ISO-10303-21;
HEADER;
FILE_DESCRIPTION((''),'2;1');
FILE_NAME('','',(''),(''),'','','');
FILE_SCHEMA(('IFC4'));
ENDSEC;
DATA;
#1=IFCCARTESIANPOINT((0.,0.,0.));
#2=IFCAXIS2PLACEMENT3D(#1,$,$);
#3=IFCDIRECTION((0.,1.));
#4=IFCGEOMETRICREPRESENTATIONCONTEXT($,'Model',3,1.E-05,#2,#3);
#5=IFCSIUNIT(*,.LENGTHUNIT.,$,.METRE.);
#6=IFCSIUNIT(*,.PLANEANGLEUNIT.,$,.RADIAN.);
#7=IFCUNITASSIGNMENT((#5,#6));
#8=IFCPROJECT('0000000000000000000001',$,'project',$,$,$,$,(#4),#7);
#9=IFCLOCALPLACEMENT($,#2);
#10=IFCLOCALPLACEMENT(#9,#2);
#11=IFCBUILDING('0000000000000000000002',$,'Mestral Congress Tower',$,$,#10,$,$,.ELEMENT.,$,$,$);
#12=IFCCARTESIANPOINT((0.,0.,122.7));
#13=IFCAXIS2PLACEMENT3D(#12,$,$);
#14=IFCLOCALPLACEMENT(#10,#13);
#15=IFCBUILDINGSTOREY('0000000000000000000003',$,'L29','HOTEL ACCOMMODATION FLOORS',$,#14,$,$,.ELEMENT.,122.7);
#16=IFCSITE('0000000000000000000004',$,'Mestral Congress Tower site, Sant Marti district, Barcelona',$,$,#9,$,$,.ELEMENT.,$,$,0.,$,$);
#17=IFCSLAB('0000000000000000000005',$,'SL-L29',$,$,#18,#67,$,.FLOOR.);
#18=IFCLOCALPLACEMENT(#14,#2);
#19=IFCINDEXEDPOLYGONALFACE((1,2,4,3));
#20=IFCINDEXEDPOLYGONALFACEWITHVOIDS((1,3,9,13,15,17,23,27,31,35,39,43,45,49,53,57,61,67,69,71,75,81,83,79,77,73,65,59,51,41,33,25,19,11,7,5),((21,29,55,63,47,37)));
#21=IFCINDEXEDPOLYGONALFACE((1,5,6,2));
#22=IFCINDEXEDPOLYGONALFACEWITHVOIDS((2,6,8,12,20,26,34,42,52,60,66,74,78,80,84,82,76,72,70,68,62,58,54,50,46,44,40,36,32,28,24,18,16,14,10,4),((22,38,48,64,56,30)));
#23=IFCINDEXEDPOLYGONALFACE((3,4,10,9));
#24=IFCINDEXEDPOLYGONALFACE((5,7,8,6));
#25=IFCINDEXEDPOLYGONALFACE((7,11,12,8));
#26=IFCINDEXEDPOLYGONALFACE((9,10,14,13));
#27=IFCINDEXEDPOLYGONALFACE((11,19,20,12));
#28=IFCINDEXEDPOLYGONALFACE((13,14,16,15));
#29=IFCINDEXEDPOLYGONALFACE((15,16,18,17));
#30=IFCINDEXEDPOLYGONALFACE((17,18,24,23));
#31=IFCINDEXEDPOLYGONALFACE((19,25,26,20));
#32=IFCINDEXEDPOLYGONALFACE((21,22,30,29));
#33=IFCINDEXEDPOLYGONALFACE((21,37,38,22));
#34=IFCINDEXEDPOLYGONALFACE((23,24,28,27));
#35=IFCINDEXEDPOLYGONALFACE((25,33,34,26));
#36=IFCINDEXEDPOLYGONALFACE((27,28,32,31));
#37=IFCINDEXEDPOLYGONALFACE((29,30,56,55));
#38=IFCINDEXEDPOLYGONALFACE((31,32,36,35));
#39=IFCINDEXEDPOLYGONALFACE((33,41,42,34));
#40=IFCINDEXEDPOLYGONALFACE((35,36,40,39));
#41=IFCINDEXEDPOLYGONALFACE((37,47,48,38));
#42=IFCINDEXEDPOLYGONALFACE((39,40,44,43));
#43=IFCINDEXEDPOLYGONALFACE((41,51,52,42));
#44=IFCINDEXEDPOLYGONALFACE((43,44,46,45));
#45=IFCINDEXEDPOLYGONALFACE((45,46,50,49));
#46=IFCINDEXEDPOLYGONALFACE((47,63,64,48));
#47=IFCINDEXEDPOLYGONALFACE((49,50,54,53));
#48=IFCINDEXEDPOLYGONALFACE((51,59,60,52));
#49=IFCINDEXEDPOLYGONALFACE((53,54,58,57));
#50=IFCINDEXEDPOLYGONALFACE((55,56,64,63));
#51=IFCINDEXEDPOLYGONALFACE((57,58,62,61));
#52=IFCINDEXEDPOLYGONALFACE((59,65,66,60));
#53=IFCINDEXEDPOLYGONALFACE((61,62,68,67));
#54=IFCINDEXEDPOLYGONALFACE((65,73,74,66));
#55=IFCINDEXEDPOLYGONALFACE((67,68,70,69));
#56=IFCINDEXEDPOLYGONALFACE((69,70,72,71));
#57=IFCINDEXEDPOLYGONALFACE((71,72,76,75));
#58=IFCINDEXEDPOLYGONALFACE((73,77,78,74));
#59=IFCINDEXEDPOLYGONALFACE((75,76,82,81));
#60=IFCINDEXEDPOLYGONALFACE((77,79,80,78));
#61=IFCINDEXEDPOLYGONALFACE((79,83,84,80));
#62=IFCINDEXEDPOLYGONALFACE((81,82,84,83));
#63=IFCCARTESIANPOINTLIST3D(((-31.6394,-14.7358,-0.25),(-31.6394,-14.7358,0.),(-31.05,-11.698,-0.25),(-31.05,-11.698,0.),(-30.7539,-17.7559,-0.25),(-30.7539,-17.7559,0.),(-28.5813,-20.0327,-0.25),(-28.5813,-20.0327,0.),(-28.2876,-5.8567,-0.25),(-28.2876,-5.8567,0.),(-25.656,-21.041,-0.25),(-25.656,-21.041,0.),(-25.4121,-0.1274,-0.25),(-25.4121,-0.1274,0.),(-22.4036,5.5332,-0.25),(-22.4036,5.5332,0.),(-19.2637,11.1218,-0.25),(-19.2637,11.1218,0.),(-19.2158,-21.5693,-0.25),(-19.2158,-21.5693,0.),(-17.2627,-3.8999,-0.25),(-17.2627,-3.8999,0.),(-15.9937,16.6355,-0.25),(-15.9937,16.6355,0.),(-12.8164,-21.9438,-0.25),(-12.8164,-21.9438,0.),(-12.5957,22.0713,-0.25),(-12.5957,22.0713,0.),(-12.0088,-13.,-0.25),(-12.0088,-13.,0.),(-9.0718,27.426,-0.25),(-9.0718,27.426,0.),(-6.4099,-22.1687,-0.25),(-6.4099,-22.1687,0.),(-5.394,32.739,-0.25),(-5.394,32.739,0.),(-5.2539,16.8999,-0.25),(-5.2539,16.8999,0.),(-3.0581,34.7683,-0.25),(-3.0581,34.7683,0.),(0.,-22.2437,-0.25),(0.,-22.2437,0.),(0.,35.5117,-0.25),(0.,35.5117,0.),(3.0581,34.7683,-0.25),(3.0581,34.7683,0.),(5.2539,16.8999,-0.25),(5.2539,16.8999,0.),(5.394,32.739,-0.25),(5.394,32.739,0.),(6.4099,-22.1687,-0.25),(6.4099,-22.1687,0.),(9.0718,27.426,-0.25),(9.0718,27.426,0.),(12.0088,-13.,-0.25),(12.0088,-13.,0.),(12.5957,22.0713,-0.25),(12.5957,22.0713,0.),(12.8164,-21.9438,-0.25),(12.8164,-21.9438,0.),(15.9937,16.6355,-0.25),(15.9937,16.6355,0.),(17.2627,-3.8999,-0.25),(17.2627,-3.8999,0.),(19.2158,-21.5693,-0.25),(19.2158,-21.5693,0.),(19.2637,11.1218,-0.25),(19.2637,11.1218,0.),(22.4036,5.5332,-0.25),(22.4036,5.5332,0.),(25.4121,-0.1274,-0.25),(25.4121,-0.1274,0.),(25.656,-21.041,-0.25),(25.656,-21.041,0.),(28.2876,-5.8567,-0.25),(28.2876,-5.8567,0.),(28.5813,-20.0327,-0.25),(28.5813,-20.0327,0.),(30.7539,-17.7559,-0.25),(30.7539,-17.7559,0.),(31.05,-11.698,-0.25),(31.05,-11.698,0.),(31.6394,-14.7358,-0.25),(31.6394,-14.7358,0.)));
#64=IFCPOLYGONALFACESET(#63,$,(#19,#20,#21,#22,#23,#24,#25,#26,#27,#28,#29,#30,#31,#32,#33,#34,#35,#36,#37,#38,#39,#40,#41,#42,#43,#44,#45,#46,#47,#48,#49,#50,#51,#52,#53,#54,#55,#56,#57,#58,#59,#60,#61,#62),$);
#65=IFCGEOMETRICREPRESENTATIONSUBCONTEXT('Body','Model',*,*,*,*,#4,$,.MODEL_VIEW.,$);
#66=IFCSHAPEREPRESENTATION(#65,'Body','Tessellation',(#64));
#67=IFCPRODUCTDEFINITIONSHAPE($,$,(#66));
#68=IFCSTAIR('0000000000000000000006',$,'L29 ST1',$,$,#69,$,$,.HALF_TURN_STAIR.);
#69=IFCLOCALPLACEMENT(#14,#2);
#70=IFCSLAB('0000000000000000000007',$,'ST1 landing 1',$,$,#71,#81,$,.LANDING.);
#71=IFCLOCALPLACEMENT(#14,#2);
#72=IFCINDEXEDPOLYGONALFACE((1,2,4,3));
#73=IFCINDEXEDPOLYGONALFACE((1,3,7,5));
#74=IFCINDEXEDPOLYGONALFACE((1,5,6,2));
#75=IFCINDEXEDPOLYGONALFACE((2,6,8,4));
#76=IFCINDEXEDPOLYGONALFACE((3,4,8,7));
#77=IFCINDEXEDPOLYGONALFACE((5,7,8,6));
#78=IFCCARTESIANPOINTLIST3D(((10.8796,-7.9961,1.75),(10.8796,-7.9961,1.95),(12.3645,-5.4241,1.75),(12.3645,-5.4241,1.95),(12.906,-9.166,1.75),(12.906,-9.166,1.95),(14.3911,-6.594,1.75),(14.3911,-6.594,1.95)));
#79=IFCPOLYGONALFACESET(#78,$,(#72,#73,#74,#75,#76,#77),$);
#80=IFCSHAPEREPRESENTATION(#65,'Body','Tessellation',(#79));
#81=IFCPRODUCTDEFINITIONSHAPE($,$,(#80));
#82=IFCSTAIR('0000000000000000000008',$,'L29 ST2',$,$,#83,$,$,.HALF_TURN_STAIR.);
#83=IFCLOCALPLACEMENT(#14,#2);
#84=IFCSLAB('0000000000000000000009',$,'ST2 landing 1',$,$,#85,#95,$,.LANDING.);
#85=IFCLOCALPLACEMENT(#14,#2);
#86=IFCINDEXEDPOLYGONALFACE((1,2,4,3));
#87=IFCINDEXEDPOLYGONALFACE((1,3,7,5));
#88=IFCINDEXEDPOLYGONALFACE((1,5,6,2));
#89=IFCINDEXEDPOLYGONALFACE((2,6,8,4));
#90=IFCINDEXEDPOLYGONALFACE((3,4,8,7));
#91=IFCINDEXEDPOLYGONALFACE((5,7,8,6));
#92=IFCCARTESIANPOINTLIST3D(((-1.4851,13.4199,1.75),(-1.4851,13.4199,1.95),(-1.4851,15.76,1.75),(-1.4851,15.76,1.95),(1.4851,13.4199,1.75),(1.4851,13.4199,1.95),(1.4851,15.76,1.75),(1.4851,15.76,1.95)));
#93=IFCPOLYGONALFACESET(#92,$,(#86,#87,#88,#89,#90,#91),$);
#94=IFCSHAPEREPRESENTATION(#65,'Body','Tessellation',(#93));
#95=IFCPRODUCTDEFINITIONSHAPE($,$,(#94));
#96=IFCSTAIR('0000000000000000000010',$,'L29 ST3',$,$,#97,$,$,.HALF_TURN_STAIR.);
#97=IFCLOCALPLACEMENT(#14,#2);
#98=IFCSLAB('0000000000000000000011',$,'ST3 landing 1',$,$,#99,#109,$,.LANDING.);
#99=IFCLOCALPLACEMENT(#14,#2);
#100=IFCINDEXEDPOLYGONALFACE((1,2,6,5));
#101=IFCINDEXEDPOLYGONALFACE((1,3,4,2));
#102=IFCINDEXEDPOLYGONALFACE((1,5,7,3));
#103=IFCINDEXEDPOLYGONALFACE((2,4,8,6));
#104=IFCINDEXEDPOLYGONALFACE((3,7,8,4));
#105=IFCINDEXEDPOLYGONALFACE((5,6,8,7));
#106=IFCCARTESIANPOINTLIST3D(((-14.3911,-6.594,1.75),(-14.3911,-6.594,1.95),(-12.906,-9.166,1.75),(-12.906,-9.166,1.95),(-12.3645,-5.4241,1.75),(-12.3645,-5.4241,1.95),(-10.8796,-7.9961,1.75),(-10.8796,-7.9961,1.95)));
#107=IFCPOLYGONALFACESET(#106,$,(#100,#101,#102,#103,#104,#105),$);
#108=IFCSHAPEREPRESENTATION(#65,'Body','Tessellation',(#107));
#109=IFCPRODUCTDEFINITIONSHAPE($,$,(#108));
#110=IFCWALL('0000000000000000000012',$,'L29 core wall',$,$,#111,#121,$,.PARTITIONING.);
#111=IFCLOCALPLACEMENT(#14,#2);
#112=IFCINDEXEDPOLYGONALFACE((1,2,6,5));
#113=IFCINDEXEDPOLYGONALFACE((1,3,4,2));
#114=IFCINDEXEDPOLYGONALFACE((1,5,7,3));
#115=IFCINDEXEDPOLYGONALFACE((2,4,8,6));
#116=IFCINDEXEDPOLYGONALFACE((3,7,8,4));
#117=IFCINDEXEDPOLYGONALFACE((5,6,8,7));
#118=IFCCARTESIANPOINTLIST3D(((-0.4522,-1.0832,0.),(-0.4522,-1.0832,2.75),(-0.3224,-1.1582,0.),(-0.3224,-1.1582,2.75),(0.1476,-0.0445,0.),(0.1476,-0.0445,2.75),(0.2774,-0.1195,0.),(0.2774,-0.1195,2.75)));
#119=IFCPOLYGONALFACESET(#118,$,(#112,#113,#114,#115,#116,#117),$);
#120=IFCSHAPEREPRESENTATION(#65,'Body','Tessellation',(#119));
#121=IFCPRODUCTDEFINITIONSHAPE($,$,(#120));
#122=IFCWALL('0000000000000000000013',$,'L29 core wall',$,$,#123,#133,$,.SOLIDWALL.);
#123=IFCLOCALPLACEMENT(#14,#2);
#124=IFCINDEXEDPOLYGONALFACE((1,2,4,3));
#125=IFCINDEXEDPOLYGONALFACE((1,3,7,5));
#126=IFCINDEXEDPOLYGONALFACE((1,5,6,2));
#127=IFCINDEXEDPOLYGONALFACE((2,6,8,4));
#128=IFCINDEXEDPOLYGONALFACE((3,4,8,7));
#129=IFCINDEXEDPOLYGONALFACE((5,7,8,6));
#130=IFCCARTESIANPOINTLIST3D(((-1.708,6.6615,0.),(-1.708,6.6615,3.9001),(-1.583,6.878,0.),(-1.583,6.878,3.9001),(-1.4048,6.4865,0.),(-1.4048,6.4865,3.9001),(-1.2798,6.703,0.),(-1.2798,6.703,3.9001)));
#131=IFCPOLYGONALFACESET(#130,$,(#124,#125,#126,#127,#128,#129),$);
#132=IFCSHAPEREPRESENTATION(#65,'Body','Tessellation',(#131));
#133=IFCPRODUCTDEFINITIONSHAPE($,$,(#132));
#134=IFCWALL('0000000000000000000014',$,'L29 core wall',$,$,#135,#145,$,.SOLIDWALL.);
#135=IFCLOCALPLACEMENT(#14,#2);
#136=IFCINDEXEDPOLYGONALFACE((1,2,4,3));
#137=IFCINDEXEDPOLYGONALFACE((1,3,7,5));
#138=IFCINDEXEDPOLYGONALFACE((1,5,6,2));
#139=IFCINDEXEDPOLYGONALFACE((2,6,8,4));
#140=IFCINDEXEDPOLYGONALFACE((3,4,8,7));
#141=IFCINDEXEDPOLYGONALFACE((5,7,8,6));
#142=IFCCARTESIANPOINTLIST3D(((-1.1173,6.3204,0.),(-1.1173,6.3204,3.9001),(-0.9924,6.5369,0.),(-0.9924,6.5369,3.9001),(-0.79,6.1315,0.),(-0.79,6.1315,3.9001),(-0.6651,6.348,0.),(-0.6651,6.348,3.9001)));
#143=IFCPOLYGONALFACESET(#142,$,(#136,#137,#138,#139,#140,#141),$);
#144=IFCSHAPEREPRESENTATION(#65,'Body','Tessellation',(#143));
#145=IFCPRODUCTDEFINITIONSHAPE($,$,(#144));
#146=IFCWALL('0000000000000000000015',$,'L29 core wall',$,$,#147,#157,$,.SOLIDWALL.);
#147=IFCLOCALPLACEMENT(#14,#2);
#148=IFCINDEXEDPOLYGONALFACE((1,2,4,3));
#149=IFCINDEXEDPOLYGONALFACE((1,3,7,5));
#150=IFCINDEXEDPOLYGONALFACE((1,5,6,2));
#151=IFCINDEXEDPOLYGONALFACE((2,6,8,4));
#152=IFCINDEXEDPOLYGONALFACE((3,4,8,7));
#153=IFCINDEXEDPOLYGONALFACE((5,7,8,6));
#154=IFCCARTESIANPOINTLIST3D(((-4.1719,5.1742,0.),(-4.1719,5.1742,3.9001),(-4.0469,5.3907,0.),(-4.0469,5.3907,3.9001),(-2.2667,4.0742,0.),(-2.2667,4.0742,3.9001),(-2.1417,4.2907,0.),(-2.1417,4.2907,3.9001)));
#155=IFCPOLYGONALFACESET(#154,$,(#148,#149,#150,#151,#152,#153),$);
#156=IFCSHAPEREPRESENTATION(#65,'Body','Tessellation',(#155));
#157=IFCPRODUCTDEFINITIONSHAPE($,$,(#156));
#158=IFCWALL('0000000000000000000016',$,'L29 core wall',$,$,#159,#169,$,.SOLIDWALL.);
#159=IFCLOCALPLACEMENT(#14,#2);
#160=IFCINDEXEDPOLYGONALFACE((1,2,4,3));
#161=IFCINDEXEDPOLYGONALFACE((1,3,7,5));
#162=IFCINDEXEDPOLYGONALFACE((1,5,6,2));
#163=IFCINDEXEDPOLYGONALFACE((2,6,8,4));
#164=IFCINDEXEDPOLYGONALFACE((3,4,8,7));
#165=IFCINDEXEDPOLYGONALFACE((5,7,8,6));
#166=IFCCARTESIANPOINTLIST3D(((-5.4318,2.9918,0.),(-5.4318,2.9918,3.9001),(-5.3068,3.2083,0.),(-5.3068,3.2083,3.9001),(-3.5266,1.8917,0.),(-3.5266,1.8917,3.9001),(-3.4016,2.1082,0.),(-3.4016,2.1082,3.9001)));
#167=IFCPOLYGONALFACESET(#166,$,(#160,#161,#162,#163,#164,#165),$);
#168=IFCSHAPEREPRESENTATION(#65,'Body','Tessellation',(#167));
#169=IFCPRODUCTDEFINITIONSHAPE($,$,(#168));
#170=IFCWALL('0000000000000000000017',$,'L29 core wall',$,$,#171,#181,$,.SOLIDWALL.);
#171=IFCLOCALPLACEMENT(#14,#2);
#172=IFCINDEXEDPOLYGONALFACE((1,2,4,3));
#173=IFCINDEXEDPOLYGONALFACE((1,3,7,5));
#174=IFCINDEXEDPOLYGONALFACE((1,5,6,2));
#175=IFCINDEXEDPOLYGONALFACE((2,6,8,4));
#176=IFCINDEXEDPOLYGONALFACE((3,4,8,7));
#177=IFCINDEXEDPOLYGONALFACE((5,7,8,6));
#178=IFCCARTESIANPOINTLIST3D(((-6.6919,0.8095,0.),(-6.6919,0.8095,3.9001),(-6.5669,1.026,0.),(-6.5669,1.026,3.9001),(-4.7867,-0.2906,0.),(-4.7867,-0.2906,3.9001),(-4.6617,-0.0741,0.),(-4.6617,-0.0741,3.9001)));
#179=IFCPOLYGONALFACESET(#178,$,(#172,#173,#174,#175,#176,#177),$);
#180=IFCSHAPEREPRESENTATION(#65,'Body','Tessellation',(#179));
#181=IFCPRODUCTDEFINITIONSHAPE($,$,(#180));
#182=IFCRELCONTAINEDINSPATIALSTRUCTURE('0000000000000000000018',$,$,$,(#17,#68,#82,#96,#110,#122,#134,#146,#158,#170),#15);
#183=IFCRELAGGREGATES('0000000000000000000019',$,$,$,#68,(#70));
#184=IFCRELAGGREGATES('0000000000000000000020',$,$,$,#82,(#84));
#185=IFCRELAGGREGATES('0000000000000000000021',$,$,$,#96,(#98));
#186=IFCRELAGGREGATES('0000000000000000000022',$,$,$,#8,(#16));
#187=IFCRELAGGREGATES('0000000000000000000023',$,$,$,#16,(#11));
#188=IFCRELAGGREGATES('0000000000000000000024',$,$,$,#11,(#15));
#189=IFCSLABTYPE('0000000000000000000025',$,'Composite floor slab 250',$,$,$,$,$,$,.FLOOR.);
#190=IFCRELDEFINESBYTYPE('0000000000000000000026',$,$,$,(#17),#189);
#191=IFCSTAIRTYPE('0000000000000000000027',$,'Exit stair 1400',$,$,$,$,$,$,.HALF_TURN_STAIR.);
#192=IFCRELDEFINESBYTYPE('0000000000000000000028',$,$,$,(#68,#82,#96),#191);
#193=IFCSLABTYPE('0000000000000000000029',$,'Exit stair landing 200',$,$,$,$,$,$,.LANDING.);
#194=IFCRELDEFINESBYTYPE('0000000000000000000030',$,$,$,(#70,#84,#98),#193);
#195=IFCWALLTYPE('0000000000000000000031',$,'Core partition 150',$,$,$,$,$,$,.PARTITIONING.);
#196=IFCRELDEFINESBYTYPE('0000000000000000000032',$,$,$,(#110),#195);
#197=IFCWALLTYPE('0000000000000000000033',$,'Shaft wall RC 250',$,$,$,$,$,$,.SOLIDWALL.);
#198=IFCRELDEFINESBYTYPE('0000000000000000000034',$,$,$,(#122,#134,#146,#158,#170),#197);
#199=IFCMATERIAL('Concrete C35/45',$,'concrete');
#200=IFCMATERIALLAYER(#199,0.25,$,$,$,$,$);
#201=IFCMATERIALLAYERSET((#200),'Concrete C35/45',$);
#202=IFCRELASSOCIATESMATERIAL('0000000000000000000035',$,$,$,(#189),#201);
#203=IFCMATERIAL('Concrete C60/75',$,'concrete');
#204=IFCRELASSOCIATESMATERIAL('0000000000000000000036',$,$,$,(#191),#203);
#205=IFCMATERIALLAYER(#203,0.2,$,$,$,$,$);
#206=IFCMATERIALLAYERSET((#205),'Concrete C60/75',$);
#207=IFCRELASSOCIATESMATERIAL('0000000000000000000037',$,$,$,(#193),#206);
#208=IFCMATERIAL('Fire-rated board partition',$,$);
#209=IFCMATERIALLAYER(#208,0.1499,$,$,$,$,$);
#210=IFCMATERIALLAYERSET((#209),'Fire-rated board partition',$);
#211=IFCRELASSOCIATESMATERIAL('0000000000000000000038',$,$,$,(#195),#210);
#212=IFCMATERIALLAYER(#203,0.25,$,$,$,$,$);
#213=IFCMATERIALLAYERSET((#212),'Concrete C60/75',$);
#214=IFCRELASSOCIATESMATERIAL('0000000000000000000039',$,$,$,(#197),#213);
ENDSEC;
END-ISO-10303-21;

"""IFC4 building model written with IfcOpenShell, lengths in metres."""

from ifc_helpers import new_model, si_unit, direction, frame, frame_2d, origin, place, context, subcontext, project, spatial, polyline, rectangle, outline, extrude, material, layer, layer_set, type_object, element, aggregate, save


model = new_model("IFC4")

# Units and contexts
model_context = context("Model", 3, precision=1e-05, world=origin(), true_north=direction((0.0, 1.0)))
body_context = subcontext(model_context, "Body", "Model", "MODEL_VIEW")
ifc_project = project(units=[si_unit("LENGTHUNIT", "METRE"), si_unit("PLANEANGLEUNIT", "RADIAN")], contexts=[model_context])

# Site, building, storey
site_placement = place(None, origin())
site = spatial("IfcSite", under=ifc_project, at=site_placement, Name="Mestral Congress Tower site, Sant Marti district, Barcelona", CompositionType="ELEMENT", RefElevation=0.0)
building_placement = place(site_placement, origin())
building = spatial("IfcBuilding", under=site, at=building_placement, Name="Mestral Congress Tower", CompositionType="ELEMENT")
storey_placement = place(building_placement, frame((0.0, 0.0, 122.7)))
storey = spatial("IfcBuildingStorey", under=building, at=storey_placement, Name="L29", Description="HOTEL ACCOMMODATION FLOORS", CompositionType="ELEMENT", Elevation=122.7)

# Slab
ifc_material_1 = material(Name="Concrete C35/45", Category="concrete")
ifc_layer_1 = layer(ifc_material_1, 0.25)
ifc_layer_set_1 = layer_set([ifc_layer_1], Name="Concrete C35/45")
slab_type_1 = type_object("IfcSlabType", Name="Composite floor slab 250", PredefinedType="FLOOR", material=ifc_layer_set_1)
slab_1_placement = place(storey_placement, frame((0.0, 0.0, -0.25)))
element("IfcSlab", 1, at=slab_1_placement, inside=storey, type_object=slab_type_1, Name="SL-L29", PredefinedType="FLOOR", context=body_context, shape_type="SweptSolid", body=[
    extrude(outline(polyline([(-25.656, -21.041), (-28.5813, -20.0327), (-30.7539, -17.7559), (-31.6394, -14.7358), (-31.05, -11.698), (-28.2876, -5.8567), (-25.4121, -0.1274), (-22.4036, 5.5332), (-19.2637, 11.1218), (-15.9937, 16.6355), (-12.5957, 22.0713), (-9.0718, 27.426), (-5.394, 32.739), (-3.0581, 34.7683), (0.0, 35.5117), (3.0581, 34.7683), (5.394, 32.739), (9.0718, 27.426), (12.5957, 22.0713), (15.9937, 16.6355), (19.2637, 11.1218), (22.4036, 5.5332), (25.4121, -0.1274), (28.2876, -5.8567), (31.05, -11.698), (31.6394, -14.7358), (30.7539, -17.7559), (28.5813, -20.0327), (25.656, -21.041), (19.2158, -21.5693), (12.8164, -21.9438), (6.4099, -22.1687), (0.0, -22.2437), (-6.4099, -22.1687), (-12.8164, -21.9438), (-19.2158, -21.5693), (-25.656, -21.041)]), holes=[polyline([(-5.2539, 16.8999), (-17.2627, -3.8999), (-12.0088, -13.0), (12.0088, -13.0), (17.2627, -3.8999), (5.2539, 16.8999), (-5.2539, 16.8999)])]), origin(), (0.0, 0.0, 1.0), 0.25),
])

# Stairs, slabs
ifc_material_2 = material(Name="Concrete C60/75", Category="concrete")
stair_type = type_object("IfcStairType", Name="Exit stair 1400", PredefinedType="HALF_TURN_STAIR", material=ifc_material_2)
placement_1 = place(storey_placement, origin())
stair_1 = element("IfcStair", 2, at=placement_1, inside=storey, type_object=stair_type, Name="L29 ST1", PredefinedType="HALF_TURN_STAIR")
ifc_layer_2 = layer(ifc_material_2, 0.2)
ifc_layer_set_2 = layer_set([ifc_layer_2], Name="Concrete C60/75")
slab_type_2 = type_object("IfcSlabType", Name="Exit stair landing 200", PredefinedType="LANDING", material=ifc_layer_set_2)
placement_2 = place(storey_placement, frame((0.0, 0.0, 1.75)))
slab_2 = element("IfcSlab", 3, at=placement_2, type_object=slab_type_2, Name="ST1 landing 1", PredefinedType="LANDING", context=body_context, shape_type="SweptSolid", body=[
    extrude(outline(polyline([(10.8796, -7.9961), (12.3645, -5.4241), (14.3911, -6.594), (12.906, -9.166), (10.8796, -7.9961)])), origin(), (0.0, 0.0, 1.0), 0.2),
])
aggregate(stair_1, [slab_2])
stair_2 = element("IfcStair", 4, at=placement_1, inside=storey, type_object=stair_type, Name="L29 ST2", PredefinedType="HALF_TURN_STAIR")
slab_3 = element("IfcSlab", 5, at=placement_2, type_object=slab_type_2, Name="ST2 landing 1", PredefinedType="LANDING", context=body_context, shape_type="SweptSolid", body=[
    extrude(outline(polyline([(1.4851, 13.4199), (-1.4851, 13.4199), (-1.4851, 15.76), (1.4851, 15.76), (1.4851, 13.4199)])), origin(), (0.0, 0.0, 1.0), 0.2),
])
aggregate(stair_2, [slab_3])
stair_3 = element("IfcStair", 6, at=placement_1, inside=storey, type_object=stair_type, Name="L29 ST3", PredefinedType="HALF_TURN_STAIR")
slab_4 = element("IfcSlab", 7, at=placement_2, type_object=slab_type_2, Name="ST3 landing 1", PredefinedType="LANDING", context=body_context, shape_type="SweptSolid", body=[
    extrude(outline(polyline([(-12.3645, -5.4241), (-10.8796, -7.9961), (-12.906, -9.166), (-14.3911, -6.594), (-12.3645, -5.4241)])), origin(), (0.0, 0.0, 1.0), 0.2),
])
aggregate(stair_3, [slab_4])

# Walls
ifc_material_3 = material(Name="Fire-rated board partition")
ifc_layer_3 = layer(ifc_material_3, 0.1499)
ifc_layer_set_3 = layer_set([ifc_layer_3], Name="Fire-rated board partition")
wall_type_1 = type_object("IfcWallType", Name="Core partition 150", PredefinedType="PARTITIONING", material=ifc_layer_set_3)
wall_1_placement = place(storey_placement, frame((-0.3872, -1.1206, 0.0), z_axis=(0.0, 0.0, 1.0), x_axis=(0.500057, 0.865992, 0.0)))
element("IfcWall", 8, at=wall_1_placement, inside=storey, type_object=wall_type_1, Name="L29 core wall", PredefinedType="PARTITIONING", context=body_context, shape_type="SweptSolid", body=[
    extrude(rectangle(XDim=1.1995, YDim=0.1499, at=frame_2d((0.5996, 0.0))), origin(), (0.0, 0.0, 1.0), 2.75),
])
ifc_layer_4 = layer(ifc_material_2, 0.25)
ifc_layer_set_4 = layer_set([ifc_layer_4], Name="Concrete C60/75")
wall_type_2 = type_object("IfcWallType", Name="Shaft wall RC 250", PredefinedType="SOLIDWALL", material=ifc_layer_set_4)
wall_2_placement = place(storey_placement, frame((-1.3423, 6.5947, 0.0), z_axis=(0.0, 0.0, 1.0), x_axis=(-0.866046, 0.499964, 0.0)))
element("IfcWall", 9, at=wall_2_placement, inside=storey, type_object=wall_type_2, Name="L29 core wall", PredefinedType="SOLIDWALL", context=body_context, shape_type="SweptSolid", body=[
    extrude(rectangle(XDim=0.3501, YDim=0.25, at=frame_2d((0.175, 0.0))), origin(), (0.0, 0.0, 1.0), 3.9001),
])
wall_3_placement = place(storey_placement, frame((-0.7275, 6.2397, 0.0), z_axis=(0.0, 0.0, 1.0), x_axis=(-0.866089, 0.49989, 0.0)))
element("IfcWall", 10, at=wall_3_placement, inside=storey, type_object=wall_type_2, Name="L29 core wall", PredefinedType="SOLIDWALL", context=body_context, shape_type="SweptSolid", body=[
    extrude(rectangle(XDim=0.3779, YDim=0.25, at=frame_2d((0.189, 0.0))), origin(), (0.0, 0.0, 1.0), 3.9001),
])
for number, where, z_axis, x_axis, name in (
    (11, (-2.2041, 4.1824, 0.0), (0.0, 0.0, 1.0), (-0.866008, 0.50003, 0.0), "L29 core wall"),
    (12, (-5.3694, 3.1001, 0.0), (0.0, 0.0, 1.0), (0.866008, -0.50003, 0.0), "L29 core wall"),
    (13, (-4.7241, -0.1824, 0.0), (0.0, 0.0, 1.0), (-0.866008, 0.50003, 0.0), "L29 core wall"),
):
    element("IfcWall", number, at=place(storey_placement, frame(where, z_axis=z_axis, x_axis=x_axis)), inside=storey, type_object=wall_type_2, Name=name, PredefinedType="SOLIDWALL", context=body_context, shape_type="SweptSolid", body=[
        extrude(rectangle(XDim=2.2, YDim=0.25, at=frame_2d((1.1001, 0.0))), origin(), (0.0, 0.0, 1.0), 3.9001),
    ])

save(model, "model.ifc")
